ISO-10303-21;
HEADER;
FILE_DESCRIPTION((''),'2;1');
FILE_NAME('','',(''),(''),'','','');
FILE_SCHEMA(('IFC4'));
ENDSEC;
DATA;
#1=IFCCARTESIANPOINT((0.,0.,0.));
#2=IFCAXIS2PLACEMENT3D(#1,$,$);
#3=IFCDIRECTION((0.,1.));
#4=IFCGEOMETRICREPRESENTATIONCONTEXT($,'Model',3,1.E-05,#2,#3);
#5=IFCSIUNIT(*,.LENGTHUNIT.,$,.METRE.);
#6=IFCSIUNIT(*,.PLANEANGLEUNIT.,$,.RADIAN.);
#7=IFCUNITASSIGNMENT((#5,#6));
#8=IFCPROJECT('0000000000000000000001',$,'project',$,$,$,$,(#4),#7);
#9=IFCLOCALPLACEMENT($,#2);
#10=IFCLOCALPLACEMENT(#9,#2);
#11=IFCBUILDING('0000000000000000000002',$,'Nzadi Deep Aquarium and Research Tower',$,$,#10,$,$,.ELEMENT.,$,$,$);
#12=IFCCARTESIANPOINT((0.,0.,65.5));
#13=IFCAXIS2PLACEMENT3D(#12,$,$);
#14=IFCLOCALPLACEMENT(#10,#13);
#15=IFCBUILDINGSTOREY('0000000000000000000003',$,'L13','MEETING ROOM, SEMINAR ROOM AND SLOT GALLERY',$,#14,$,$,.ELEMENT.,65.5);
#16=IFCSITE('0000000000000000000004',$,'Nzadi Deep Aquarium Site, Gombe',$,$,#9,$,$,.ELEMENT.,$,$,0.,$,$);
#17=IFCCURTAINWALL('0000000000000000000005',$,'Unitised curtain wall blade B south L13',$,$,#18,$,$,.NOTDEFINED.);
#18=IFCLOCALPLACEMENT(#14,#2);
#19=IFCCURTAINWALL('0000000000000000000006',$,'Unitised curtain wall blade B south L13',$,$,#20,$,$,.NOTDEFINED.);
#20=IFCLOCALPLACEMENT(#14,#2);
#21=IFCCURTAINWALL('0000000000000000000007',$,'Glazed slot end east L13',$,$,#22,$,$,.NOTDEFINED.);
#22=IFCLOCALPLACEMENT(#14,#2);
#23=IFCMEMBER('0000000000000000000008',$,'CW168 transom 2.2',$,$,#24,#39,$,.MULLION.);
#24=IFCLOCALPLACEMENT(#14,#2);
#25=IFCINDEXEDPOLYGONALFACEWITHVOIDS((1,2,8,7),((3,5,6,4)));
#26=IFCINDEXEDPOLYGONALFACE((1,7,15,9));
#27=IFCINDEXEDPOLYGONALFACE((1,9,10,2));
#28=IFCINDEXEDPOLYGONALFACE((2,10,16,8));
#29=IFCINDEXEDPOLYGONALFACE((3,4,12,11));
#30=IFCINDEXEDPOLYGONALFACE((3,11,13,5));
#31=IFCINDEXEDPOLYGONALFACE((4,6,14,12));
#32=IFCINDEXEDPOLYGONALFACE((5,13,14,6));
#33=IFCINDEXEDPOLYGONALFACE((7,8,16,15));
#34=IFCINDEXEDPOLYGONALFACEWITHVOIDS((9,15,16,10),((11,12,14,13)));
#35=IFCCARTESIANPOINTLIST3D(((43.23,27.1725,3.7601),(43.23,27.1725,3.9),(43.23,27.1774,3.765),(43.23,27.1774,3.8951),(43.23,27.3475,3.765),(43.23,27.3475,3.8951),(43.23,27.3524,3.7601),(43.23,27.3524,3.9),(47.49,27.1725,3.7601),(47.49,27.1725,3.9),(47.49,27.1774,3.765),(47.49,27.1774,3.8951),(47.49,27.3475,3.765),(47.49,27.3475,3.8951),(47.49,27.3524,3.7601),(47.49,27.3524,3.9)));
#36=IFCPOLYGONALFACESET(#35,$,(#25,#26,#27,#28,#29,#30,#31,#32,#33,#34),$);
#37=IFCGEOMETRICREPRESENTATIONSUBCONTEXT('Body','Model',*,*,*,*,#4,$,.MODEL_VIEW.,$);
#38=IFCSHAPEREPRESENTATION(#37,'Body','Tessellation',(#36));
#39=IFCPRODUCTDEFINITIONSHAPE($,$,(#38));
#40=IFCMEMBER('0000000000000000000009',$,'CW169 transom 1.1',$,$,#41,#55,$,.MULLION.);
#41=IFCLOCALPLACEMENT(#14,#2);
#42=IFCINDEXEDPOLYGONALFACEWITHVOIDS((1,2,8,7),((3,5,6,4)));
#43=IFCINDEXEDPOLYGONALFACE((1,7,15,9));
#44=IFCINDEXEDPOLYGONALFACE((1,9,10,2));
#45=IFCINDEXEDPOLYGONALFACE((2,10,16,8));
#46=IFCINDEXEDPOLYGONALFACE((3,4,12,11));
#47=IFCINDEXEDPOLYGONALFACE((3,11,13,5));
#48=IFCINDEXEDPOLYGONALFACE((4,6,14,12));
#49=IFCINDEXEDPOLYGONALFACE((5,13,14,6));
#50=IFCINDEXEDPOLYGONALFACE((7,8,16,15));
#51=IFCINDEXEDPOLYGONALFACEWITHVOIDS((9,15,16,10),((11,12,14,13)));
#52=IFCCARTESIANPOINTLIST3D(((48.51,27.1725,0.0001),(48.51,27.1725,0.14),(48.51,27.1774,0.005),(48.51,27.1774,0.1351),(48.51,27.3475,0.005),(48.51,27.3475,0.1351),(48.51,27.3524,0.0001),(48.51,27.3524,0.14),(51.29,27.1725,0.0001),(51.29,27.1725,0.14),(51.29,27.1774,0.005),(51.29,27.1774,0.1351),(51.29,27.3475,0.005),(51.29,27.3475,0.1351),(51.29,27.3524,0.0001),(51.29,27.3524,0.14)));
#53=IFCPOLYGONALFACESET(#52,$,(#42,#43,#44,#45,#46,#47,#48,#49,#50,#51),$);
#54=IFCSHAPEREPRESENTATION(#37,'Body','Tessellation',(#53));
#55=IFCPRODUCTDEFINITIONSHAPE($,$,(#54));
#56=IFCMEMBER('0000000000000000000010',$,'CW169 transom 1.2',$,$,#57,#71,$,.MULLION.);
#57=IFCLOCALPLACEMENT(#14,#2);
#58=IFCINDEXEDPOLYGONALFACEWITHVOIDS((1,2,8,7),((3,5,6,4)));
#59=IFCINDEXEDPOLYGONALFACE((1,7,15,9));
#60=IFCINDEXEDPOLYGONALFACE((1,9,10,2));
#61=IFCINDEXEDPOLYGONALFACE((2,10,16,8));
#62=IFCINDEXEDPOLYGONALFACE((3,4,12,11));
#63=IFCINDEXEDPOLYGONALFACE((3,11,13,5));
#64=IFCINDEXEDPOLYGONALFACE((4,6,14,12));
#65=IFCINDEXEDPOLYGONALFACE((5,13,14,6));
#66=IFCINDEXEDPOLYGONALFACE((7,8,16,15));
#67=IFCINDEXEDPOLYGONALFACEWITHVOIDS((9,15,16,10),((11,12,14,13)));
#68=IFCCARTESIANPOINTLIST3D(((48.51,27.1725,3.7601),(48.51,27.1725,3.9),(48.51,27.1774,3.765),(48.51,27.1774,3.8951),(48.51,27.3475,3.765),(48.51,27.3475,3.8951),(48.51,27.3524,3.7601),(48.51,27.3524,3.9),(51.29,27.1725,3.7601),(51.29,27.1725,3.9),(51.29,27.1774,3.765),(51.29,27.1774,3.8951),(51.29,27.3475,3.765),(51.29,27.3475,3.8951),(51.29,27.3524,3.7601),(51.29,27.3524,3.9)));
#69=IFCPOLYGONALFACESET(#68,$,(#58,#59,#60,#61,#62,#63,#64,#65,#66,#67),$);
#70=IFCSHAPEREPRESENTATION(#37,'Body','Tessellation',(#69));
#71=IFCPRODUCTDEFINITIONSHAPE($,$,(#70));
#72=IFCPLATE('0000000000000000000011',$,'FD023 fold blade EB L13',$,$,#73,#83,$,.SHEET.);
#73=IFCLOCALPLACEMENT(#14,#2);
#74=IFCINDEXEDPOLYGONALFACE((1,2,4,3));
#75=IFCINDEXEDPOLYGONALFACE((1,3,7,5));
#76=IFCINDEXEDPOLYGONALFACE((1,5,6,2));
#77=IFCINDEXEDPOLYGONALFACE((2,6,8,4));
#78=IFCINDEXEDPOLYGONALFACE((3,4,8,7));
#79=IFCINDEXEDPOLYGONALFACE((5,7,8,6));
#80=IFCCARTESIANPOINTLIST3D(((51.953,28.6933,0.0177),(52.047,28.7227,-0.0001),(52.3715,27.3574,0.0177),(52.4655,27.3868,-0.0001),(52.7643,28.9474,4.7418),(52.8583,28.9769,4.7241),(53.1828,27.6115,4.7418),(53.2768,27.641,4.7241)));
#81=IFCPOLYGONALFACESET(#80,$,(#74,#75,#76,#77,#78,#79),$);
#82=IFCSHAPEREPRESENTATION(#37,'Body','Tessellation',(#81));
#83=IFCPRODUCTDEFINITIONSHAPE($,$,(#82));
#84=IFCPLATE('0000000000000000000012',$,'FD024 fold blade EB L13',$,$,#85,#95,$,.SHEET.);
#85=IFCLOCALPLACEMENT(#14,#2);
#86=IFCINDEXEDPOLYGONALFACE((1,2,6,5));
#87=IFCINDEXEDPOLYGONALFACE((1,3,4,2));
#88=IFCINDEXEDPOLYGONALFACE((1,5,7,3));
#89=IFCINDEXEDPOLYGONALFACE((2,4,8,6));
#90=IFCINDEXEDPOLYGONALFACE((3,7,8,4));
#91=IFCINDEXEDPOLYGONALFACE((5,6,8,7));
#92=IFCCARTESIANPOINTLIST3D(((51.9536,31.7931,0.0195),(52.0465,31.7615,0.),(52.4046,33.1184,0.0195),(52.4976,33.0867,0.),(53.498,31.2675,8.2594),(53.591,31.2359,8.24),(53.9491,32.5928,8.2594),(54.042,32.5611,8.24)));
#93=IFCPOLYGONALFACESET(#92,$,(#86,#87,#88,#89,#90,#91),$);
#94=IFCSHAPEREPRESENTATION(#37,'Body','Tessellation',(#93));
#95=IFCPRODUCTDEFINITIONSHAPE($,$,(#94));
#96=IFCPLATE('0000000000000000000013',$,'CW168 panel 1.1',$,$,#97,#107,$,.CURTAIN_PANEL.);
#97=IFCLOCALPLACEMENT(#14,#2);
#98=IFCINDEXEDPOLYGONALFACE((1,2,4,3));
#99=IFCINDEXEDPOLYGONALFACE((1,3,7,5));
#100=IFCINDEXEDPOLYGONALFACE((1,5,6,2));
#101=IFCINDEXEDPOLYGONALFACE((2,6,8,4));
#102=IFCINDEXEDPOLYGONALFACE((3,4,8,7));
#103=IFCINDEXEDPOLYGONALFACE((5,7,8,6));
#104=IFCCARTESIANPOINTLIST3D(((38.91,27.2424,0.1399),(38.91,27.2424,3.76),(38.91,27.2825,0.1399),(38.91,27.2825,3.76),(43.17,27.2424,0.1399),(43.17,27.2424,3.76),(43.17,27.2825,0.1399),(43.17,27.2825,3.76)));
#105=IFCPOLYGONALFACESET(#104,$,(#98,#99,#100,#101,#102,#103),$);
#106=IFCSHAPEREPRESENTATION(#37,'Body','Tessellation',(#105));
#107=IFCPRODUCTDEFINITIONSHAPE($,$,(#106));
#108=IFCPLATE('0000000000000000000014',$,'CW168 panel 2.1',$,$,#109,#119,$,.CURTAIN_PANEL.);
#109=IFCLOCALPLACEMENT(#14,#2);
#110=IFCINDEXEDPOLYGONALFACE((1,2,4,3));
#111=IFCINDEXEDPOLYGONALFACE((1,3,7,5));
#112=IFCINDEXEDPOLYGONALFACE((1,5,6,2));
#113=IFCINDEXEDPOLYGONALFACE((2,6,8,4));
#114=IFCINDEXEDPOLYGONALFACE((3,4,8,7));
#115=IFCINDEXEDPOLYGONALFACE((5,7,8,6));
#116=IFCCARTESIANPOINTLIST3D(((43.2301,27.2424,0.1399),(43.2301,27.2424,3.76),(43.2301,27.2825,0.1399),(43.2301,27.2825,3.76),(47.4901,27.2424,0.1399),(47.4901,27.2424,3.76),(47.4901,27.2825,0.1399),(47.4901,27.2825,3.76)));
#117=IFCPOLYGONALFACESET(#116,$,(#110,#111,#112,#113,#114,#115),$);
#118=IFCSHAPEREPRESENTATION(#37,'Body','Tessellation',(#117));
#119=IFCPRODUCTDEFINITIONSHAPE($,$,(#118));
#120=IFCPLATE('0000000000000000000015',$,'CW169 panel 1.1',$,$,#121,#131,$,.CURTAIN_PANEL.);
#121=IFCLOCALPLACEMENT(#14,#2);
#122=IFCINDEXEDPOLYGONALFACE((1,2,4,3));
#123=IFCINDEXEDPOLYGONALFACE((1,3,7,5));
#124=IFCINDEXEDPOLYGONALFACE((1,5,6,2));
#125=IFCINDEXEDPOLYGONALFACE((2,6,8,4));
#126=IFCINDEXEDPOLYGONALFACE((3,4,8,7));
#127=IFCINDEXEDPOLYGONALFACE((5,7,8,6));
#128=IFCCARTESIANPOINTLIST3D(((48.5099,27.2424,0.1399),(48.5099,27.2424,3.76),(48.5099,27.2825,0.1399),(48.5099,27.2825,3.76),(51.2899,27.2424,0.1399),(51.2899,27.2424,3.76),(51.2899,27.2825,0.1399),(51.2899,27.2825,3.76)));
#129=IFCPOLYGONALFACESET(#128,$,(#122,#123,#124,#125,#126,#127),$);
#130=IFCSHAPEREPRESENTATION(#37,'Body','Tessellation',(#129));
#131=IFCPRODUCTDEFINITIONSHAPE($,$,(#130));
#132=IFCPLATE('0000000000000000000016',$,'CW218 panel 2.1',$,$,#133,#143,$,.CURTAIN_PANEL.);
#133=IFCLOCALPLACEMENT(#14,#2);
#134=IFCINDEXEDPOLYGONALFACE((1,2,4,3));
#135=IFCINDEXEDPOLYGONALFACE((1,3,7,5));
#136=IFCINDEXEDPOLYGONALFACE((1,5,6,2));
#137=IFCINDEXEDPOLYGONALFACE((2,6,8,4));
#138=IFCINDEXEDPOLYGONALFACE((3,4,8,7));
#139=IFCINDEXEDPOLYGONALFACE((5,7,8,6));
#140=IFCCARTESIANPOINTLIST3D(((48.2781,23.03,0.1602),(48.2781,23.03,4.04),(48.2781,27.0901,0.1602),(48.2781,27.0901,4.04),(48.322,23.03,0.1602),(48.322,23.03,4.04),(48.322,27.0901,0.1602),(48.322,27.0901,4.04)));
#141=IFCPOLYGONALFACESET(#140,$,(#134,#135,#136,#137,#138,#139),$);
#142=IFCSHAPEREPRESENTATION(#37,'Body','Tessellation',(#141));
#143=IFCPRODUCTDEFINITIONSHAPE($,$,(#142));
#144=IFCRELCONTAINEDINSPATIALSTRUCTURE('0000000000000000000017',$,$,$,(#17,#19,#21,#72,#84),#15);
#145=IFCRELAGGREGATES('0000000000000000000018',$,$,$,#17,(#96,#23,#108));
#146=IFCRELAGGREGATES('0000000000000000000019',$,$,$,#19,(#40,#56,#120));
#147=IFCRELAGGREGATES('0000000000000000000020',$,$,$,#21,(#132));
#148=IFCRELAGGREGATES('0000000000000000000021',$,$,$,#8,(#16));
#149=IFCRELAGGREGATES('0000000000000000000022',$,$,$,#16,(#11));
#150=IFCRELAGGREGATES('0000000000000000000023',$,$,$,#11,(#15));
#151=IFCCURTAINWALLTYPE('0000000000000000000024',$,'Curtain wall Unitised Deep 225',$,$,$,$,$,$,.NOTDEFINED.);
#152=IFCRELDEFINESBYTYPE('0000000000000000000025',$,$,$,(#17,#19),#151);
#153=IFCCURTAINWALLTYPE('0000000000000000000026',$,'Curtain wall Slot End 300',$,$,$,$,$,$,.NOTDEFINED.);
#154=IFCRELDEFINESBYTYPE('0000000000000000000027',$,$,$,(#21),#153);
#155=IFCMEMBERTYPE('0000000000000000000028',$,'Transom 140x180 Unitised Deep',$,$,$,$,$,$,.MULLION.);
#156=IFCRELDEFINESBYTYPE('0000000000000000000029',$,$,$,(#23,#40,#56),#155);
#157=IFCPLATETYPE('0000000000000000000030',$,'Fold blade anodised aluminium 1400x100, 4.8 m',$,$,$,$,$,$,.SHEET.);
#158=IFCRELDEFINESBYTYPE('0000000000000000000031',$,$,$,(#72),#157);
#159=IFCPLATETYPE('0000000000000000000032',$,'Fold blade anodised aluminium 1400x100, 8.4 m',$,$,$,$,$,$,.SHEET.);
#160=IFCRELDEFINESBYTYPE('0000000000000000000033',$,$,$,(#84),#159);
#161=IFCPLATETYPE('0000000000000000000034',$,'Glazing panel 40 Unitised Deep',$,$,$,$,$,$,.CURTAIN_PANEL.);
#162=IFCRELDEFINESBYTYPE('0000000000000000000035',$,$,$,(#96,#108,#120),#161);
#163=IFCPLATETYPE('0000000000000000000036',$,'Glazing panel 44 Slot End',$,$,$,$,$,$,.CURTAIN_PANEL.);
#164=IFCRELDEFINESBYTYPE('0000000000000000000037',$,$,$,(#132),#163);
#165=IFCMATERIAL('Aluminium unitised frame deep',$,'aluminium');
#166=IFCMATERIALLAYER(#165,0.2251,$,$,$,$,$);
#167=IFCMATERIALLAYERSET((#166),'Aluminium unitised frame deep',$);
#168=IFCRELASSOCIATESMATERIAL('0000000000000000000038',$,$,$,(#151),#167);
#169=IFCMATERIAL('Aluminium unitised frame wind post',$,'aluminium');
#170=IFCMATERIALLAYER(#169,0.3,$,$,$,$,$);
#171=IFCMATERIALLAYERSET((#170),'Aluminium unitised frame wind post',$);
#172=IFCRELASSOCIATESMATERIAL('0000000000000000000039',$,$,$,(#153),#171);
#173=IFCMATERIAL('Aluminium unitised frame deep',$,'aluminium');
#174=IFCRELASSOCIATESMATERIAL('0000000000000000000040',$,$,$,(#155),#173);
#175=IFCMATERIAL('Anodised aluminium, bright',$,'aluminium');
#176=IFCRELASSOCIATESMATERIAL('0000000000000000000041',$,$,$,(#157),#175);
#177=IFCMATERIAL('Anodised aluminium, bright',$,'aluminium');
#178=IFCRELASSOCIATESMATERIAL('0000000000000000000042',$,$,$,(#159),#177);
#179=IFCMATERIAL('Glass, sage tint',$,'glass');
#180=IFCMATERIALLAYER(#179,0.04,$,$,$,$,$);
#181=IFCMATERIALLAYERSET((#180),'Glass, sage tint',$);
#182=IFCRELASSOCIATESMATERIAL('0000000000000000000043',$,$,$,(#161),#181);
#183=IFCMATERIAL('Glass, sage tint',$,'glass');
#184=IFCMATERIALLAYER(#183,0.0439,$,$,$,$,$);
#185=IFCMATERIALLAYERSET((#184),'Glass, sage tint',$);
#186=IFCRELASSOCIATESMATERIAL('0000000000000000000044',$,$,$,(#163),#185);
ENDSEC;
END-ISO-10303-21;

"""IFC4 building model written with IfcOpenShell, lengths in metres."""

from ifc_helpers import new_model, si_unit, direction, frame, origin, origin_2d, place, context, subcontext, project, spatial, rectangle, hollow_rectangle, extrude, material, layer, layer_set, material_profile, profile_set, type_object, element, aggregate, save


model = new_model("IFC4")

# Units and contexts
model_context = context("Model", 3, precision=1e-05, world=origin(), true_north=direction((0.0, 1.0)))
body_context = subcontext(model_context, "Body", "Model", "MODEL_VIEW")
ifc_project = project(units=[si_unit("LENGTHUNIT", "METRE"), si_unit("PLANEANGLEUNIT", "RADIAN")], contexts=[model_context])

# Site, building, storey
site_placement = place(None, origin())
site = spatial("IfcSite", under=ifc_project, at=site_placement, Name="Nzadi Deep Aquarium Site, Gombe", CompositionType="ELEMENT", RefElevation=0.0)
building_placement = place(site_placement, origin())
building = spatial("IfcBuilding", under=site, at=building_placement, Name="Nzadi Deep Aquarium and Research Tower", CompositionType="ELEMENT")
storey_placement = place(building_placement, frame((0.0, 0.0, 65.5)))
storey = spatial("IfcBuildingStorey", under=building, at=storey_placement, Name="L13", Description="MEETING ROOM, SEMINAR ROOM AND SLOT GALLERY", CompositionType="ELEMENT", Elevation=65.5)

# Curtain walls
ifc_material_1 = material(Name="Aluminium unitised frame deep", Category="aluminium")
ifc_layer_1 = layer(ifc_material_1, 0.2251)
ifc_layer_set_1 = layer_set([ifc_layer_1], Name="Aluminium unitised frame deep")
curtain_wall_type_1 = type_object("IfcCurtainWallType", Name="Curtain wall Unitised Deep 225", PredefinedType="NOTDEFINED", material=ifc_layer_set_1)
curtain_wall_1_placement = place(storey_placement, origin())
curtain_wall_1 = element("IfcCurtainWall", 1, at=curtain_wall_1_placement, inside=storey, type_object=curtain_wall_type_1, Name="Unitised curtain wall blade B south L13", PredefinedType="NOTDEFINED")
curtain_wall_2_placement = place(storey_placement, origin())
curtain_wall_2 = element("IfcCurtainWall", 2, at=curtain_wall_2_placement, inside=storey, type_object=curtain_wall_type_1, Name="Unitised curtain wall blade B south L13", PredefinedType="NOTDEFINED")

# Curtain wall
ifc_material_2 = material(Name="Aluminium unitised frame wind post", Category="aluminium")
ifc_layer_2 = layer(ifc_material_2, 0.3)
ifc_layer_set_2 = layer_set([ifc_layer_2], Name="Aluminium unitised frame wind post")
curtain_wall_type_2 = type_object("IfcCurtainWallType", Name="Curtain wall Slot End 300", PredefinedType="NOTDEFINED", material=ifc_layer_set_2)
curtain_wall_3_placement = place(storey_placement, origin())
curtain_wall_3 = element("IfcCurtainWall", 3, at=curtain_wall_3_placement, inside=storey, type_object=curtain_wall_type_2, Name="Glazed slot end east L13", PredefinedType="NOTDEFINED")

# Members
ifc_material_3 = material(Name="Aluminium unitised frame deep", Category="aluminium")
ifc_material_profile_1 = material_profile(ifc_material_3, hollow_rectangle(XDim=0.1799, YDim=0.1399, WallThickness=0.0049, at=origin_2d()))
ifc_profile_set_1 = profile_set([ifc_material_profile_1], Name="Aluminium unitised frame deep")
member_type_1 = type_object("IfcMemberType", Name="Transom 140x180 Unitised Deep", PredefinedType="MULLION", material=ifc_profile_set_1)
member_1_placement = place(storey_placement, frame((43.23, 27.2625, 3.8301), z_axis=(1.0, 0.0, 0.0), x_axis=(0.0, 1.0, 0.0)))
member_1 = element("IfcMember", 4, at=member_1_placement, type_object=member_type_1, Name="CW168 transom 2.2", PredefinedType="MULLION", context=body_context, shape_type="SweptSolid", body=[
    extrude(hollow_rectangle(XDim=0.1799, YDim=0.1399, WallThickness=0.0049, at=origin_2d()), origin(), (0.0, 0.0, 1.0), 4.26),
])
member_2_placement = place(storey_placement, frame((48.51, 27.2625, 0.0701), z_axis=(1.0, 0.0, 0.0), x_axis=(0.0, 1.0, 0.0)))
member_2 = element("IfcMember", 5, at=member_2_placement, type_object=member_type_1, Name="CW169 transom 1.1", PredefinedType="MULLION", context=body_context, shape_type="SweptSolid", body=[
    extrude(hollow_rectangle(XDim=0.1799, YDim=0.1399, WallThickness=0.0049, at=origin_2d()), origin(), (0.0, 0.0, 1.0), 2.78),
])
member_3_placement = place(storey_placement, frame((48.51, 27.2625, 3.8301), z_axis=(1.0, 0.0, 0.0), x_axis=(0.0, 1.0, 0.0)))
member_3 = element("IfcMember", 6, at=member_3_placement, type_object=member_type_1, Name="CW169 transom 1.2", PredefinedType="MULLION", context=body_context, shape_type="SweptSolid", body=[
    extrude(hollow_rectangle(XDim=0.1799, YDim=0.1399, WallThickness=0.0049, at=origin_2d()), origin(), (0.0, 0.0, 1.0), 2.78),
])

# Plates
ifc_material_4 = material(Name="Anodised aluminium, bright", Category="aluminium")
ifc_material_profile_2 = material_profile(ifc_material_4, rectangle(XDim=1.3999, YDim=0.1001, at=origin_2d()))
ifc_profile_set_2 = profile_set([ifc_material_profile_2], Name="Anodised aluminium, bright")
plate_type_1 = type_object("IfcPlateType", Name="Fold blade anodised aluminium 1400x100, 4.8 m", PredefinedType="SHEET", material=ifc_profile_set_2)
plate_1_placement = place(storey_placement, frame((52.2092, 28.04, 0.0088), z_axis=(0.169016, 0.052948, 0.98419), x_axis=(-0.298945, 0.95427, 0.0)))
element("IfcPlate", 7, at=plate_1_placement, inside=storey, type_object=plate_type_1, Name="FD023 fold blade EB L13", PredefinedType="SHEET", context=body_context, shape_type="SweptSolid", body=[
    extrude(rectangle(XDim=1.3999, YDim=0.1001, at=origin_2d()), origin(), (0.0, 0.0, 1.0), 4.8),
])
ifc_material_5 = material(Name="Anodised aluminium, bright", Category="aluminium")
ifc_material_profile_3 = material_profile(ifc_material_5, rectangle(XDim=1.3999, YDim=0.1001, at=origin_2d()))
ifc_profile_set_3 = profile_set([ifc_material_profile_3], Name="Anodised aluminium, bright")
plate_type_2 = type_object("IfcPlateType", Name="Fold blade anodised aluminium 1400x100, 8.4 m", PredefinedType="SHEET", material=ifc_profile_set_3)
plate_2_placement = place(storey_placement, frame((52.2256, 32.4399, 0.0098), z_axis=(0.183862, -0.062576, 0.980958), x_axis=(0.322192, 0.946674, 0.0)))
element("IfcPlate", 8, at=plate_2_placement, inside=storey, type_object=plate_type_2, Name="FD024 fold blade EB L13", PredefinedType="SHEET", context=body_context, shape_type="SweptSolid", body=[
    extrude(rectangle(XDim=1.3999, YDim=0.1001, at=origin_2d()), origin(), (0.0, 0.0, 1.0), 8.3999),
])

# Plates
ifc_material_6 = material(Name="Glass, sage tint", Category="glass")
ifc_layer_3 = layer(ifc_material_6, 0.04)
ifc_layer_set_3 = layer_set([ifc_layer_3], Name="Glass, sage tint")
plate_type_3 = type_object("IfcPlateType", Name="Glazing panel 40 Unitised Deep", PredefinedType="CURTAIN_PANEL", material=ifc_layer_set_3)
plate_3_placement = place(storey_placement, frame((41.04, 27.2625, 0.1399), z_axis=(0.0, 0.0, 1.0), x_axis=(1.0, 0.0, 0.0)))
plate_3 = element("IfcPlate", 9, at=plate_3_placement, type_object=plate_type_3, Name="CW168 panel 1.1", PredefinedType="CURTAIN_PANEL", context=body_context, shape_type="SweptSolid", body=[
    extrude(rectangle(XDim=4.26, YDim=0.04, at=origin_2d()), origin(), (0.0, 0.0, 1.0), 3.6201),
])
plate_4_placement = place(storey_placement, frame((45.3601, 27.2625, 0.1399), z_axis=(0.0, 0.0, 1.0), x_axis=(1.0, 0.0, 0.0)))
plate_4 = element("IfcPlate", 10, at=plate_4_placement, type_object=plate_type_3, Name="CW168 panel 2.1", PredefinedType="CURTAIN_PANEL", context=body_context, shape_type="SweptSolid", body=[
    extrude(rectangle(XDim=4.26, YDim=0.04, at=origin_2d()), origin(), (0.0, 0.0, 1.0), 3.6201),
])
aggregate(curtain_wall_1, [plate_3, member_1, plate_4])
plate_5_placement = place(storey_placement, frame((49.8999, 27.2625, 0.1399), z_axis=(0.0, 0.0, 1.0), x_axis=(1.0, 0.0, 0.0)))
plate_5 = element("IfcPlate", 11, at=plate_5_placement, type_object=plate_type_3, Name="CW169 panel 1.1", PredefinedType="CURTAIN_PANEL", context=body_context, shape_type="SweptSolid", body=[
    extrude(rectangle(XDim=2.78, YDim=0.04, at=origin_2d()), origin(), (0.0, 0.0, 1.0), 3.6201),
])
aggregate(curtain_wall_2, [member_2, member_3, plate_5])
ifc_material_7 = material(Name="Glass, sage tint", Category="glass")
ifc_layer_4 = layer(ifc_material_7, 0.0439)
ifc_layer_set_4 = layer_set([ifc_layer_4], Name="Glass, sage tint")
plate_type_4 = type_object("IfcPlateType", Name="Glazing panel 44 Slot End", PredefinedType="CURTAIN_PANEL", material=ifc_layer_set_4)
plate_6_placement = place(storey_placement, frame((48.3, 25.0601, 0.1602), z_axis=(0.0, 0.0, 1.0), x_axis=(0.0, 1.0, 0.0)))
plate_6 = element("IfcPlate", 12, at=plate_6_placement, type_object=plate_type_4, Name="CW218 panel 2.1", PredefinedType="CURTAIN_PANEL", context=body_context, shape_type="SweptSolid", body=[
    extrude(rectangle(XDim=4.0601, YDim=0.0439, at=origin_2d()), origin(), (0.0, 0.0, 1.0), 3.8799),
])
aggregate(curtain_wall_3, [plate_6])

save(model, "model.ifc")
